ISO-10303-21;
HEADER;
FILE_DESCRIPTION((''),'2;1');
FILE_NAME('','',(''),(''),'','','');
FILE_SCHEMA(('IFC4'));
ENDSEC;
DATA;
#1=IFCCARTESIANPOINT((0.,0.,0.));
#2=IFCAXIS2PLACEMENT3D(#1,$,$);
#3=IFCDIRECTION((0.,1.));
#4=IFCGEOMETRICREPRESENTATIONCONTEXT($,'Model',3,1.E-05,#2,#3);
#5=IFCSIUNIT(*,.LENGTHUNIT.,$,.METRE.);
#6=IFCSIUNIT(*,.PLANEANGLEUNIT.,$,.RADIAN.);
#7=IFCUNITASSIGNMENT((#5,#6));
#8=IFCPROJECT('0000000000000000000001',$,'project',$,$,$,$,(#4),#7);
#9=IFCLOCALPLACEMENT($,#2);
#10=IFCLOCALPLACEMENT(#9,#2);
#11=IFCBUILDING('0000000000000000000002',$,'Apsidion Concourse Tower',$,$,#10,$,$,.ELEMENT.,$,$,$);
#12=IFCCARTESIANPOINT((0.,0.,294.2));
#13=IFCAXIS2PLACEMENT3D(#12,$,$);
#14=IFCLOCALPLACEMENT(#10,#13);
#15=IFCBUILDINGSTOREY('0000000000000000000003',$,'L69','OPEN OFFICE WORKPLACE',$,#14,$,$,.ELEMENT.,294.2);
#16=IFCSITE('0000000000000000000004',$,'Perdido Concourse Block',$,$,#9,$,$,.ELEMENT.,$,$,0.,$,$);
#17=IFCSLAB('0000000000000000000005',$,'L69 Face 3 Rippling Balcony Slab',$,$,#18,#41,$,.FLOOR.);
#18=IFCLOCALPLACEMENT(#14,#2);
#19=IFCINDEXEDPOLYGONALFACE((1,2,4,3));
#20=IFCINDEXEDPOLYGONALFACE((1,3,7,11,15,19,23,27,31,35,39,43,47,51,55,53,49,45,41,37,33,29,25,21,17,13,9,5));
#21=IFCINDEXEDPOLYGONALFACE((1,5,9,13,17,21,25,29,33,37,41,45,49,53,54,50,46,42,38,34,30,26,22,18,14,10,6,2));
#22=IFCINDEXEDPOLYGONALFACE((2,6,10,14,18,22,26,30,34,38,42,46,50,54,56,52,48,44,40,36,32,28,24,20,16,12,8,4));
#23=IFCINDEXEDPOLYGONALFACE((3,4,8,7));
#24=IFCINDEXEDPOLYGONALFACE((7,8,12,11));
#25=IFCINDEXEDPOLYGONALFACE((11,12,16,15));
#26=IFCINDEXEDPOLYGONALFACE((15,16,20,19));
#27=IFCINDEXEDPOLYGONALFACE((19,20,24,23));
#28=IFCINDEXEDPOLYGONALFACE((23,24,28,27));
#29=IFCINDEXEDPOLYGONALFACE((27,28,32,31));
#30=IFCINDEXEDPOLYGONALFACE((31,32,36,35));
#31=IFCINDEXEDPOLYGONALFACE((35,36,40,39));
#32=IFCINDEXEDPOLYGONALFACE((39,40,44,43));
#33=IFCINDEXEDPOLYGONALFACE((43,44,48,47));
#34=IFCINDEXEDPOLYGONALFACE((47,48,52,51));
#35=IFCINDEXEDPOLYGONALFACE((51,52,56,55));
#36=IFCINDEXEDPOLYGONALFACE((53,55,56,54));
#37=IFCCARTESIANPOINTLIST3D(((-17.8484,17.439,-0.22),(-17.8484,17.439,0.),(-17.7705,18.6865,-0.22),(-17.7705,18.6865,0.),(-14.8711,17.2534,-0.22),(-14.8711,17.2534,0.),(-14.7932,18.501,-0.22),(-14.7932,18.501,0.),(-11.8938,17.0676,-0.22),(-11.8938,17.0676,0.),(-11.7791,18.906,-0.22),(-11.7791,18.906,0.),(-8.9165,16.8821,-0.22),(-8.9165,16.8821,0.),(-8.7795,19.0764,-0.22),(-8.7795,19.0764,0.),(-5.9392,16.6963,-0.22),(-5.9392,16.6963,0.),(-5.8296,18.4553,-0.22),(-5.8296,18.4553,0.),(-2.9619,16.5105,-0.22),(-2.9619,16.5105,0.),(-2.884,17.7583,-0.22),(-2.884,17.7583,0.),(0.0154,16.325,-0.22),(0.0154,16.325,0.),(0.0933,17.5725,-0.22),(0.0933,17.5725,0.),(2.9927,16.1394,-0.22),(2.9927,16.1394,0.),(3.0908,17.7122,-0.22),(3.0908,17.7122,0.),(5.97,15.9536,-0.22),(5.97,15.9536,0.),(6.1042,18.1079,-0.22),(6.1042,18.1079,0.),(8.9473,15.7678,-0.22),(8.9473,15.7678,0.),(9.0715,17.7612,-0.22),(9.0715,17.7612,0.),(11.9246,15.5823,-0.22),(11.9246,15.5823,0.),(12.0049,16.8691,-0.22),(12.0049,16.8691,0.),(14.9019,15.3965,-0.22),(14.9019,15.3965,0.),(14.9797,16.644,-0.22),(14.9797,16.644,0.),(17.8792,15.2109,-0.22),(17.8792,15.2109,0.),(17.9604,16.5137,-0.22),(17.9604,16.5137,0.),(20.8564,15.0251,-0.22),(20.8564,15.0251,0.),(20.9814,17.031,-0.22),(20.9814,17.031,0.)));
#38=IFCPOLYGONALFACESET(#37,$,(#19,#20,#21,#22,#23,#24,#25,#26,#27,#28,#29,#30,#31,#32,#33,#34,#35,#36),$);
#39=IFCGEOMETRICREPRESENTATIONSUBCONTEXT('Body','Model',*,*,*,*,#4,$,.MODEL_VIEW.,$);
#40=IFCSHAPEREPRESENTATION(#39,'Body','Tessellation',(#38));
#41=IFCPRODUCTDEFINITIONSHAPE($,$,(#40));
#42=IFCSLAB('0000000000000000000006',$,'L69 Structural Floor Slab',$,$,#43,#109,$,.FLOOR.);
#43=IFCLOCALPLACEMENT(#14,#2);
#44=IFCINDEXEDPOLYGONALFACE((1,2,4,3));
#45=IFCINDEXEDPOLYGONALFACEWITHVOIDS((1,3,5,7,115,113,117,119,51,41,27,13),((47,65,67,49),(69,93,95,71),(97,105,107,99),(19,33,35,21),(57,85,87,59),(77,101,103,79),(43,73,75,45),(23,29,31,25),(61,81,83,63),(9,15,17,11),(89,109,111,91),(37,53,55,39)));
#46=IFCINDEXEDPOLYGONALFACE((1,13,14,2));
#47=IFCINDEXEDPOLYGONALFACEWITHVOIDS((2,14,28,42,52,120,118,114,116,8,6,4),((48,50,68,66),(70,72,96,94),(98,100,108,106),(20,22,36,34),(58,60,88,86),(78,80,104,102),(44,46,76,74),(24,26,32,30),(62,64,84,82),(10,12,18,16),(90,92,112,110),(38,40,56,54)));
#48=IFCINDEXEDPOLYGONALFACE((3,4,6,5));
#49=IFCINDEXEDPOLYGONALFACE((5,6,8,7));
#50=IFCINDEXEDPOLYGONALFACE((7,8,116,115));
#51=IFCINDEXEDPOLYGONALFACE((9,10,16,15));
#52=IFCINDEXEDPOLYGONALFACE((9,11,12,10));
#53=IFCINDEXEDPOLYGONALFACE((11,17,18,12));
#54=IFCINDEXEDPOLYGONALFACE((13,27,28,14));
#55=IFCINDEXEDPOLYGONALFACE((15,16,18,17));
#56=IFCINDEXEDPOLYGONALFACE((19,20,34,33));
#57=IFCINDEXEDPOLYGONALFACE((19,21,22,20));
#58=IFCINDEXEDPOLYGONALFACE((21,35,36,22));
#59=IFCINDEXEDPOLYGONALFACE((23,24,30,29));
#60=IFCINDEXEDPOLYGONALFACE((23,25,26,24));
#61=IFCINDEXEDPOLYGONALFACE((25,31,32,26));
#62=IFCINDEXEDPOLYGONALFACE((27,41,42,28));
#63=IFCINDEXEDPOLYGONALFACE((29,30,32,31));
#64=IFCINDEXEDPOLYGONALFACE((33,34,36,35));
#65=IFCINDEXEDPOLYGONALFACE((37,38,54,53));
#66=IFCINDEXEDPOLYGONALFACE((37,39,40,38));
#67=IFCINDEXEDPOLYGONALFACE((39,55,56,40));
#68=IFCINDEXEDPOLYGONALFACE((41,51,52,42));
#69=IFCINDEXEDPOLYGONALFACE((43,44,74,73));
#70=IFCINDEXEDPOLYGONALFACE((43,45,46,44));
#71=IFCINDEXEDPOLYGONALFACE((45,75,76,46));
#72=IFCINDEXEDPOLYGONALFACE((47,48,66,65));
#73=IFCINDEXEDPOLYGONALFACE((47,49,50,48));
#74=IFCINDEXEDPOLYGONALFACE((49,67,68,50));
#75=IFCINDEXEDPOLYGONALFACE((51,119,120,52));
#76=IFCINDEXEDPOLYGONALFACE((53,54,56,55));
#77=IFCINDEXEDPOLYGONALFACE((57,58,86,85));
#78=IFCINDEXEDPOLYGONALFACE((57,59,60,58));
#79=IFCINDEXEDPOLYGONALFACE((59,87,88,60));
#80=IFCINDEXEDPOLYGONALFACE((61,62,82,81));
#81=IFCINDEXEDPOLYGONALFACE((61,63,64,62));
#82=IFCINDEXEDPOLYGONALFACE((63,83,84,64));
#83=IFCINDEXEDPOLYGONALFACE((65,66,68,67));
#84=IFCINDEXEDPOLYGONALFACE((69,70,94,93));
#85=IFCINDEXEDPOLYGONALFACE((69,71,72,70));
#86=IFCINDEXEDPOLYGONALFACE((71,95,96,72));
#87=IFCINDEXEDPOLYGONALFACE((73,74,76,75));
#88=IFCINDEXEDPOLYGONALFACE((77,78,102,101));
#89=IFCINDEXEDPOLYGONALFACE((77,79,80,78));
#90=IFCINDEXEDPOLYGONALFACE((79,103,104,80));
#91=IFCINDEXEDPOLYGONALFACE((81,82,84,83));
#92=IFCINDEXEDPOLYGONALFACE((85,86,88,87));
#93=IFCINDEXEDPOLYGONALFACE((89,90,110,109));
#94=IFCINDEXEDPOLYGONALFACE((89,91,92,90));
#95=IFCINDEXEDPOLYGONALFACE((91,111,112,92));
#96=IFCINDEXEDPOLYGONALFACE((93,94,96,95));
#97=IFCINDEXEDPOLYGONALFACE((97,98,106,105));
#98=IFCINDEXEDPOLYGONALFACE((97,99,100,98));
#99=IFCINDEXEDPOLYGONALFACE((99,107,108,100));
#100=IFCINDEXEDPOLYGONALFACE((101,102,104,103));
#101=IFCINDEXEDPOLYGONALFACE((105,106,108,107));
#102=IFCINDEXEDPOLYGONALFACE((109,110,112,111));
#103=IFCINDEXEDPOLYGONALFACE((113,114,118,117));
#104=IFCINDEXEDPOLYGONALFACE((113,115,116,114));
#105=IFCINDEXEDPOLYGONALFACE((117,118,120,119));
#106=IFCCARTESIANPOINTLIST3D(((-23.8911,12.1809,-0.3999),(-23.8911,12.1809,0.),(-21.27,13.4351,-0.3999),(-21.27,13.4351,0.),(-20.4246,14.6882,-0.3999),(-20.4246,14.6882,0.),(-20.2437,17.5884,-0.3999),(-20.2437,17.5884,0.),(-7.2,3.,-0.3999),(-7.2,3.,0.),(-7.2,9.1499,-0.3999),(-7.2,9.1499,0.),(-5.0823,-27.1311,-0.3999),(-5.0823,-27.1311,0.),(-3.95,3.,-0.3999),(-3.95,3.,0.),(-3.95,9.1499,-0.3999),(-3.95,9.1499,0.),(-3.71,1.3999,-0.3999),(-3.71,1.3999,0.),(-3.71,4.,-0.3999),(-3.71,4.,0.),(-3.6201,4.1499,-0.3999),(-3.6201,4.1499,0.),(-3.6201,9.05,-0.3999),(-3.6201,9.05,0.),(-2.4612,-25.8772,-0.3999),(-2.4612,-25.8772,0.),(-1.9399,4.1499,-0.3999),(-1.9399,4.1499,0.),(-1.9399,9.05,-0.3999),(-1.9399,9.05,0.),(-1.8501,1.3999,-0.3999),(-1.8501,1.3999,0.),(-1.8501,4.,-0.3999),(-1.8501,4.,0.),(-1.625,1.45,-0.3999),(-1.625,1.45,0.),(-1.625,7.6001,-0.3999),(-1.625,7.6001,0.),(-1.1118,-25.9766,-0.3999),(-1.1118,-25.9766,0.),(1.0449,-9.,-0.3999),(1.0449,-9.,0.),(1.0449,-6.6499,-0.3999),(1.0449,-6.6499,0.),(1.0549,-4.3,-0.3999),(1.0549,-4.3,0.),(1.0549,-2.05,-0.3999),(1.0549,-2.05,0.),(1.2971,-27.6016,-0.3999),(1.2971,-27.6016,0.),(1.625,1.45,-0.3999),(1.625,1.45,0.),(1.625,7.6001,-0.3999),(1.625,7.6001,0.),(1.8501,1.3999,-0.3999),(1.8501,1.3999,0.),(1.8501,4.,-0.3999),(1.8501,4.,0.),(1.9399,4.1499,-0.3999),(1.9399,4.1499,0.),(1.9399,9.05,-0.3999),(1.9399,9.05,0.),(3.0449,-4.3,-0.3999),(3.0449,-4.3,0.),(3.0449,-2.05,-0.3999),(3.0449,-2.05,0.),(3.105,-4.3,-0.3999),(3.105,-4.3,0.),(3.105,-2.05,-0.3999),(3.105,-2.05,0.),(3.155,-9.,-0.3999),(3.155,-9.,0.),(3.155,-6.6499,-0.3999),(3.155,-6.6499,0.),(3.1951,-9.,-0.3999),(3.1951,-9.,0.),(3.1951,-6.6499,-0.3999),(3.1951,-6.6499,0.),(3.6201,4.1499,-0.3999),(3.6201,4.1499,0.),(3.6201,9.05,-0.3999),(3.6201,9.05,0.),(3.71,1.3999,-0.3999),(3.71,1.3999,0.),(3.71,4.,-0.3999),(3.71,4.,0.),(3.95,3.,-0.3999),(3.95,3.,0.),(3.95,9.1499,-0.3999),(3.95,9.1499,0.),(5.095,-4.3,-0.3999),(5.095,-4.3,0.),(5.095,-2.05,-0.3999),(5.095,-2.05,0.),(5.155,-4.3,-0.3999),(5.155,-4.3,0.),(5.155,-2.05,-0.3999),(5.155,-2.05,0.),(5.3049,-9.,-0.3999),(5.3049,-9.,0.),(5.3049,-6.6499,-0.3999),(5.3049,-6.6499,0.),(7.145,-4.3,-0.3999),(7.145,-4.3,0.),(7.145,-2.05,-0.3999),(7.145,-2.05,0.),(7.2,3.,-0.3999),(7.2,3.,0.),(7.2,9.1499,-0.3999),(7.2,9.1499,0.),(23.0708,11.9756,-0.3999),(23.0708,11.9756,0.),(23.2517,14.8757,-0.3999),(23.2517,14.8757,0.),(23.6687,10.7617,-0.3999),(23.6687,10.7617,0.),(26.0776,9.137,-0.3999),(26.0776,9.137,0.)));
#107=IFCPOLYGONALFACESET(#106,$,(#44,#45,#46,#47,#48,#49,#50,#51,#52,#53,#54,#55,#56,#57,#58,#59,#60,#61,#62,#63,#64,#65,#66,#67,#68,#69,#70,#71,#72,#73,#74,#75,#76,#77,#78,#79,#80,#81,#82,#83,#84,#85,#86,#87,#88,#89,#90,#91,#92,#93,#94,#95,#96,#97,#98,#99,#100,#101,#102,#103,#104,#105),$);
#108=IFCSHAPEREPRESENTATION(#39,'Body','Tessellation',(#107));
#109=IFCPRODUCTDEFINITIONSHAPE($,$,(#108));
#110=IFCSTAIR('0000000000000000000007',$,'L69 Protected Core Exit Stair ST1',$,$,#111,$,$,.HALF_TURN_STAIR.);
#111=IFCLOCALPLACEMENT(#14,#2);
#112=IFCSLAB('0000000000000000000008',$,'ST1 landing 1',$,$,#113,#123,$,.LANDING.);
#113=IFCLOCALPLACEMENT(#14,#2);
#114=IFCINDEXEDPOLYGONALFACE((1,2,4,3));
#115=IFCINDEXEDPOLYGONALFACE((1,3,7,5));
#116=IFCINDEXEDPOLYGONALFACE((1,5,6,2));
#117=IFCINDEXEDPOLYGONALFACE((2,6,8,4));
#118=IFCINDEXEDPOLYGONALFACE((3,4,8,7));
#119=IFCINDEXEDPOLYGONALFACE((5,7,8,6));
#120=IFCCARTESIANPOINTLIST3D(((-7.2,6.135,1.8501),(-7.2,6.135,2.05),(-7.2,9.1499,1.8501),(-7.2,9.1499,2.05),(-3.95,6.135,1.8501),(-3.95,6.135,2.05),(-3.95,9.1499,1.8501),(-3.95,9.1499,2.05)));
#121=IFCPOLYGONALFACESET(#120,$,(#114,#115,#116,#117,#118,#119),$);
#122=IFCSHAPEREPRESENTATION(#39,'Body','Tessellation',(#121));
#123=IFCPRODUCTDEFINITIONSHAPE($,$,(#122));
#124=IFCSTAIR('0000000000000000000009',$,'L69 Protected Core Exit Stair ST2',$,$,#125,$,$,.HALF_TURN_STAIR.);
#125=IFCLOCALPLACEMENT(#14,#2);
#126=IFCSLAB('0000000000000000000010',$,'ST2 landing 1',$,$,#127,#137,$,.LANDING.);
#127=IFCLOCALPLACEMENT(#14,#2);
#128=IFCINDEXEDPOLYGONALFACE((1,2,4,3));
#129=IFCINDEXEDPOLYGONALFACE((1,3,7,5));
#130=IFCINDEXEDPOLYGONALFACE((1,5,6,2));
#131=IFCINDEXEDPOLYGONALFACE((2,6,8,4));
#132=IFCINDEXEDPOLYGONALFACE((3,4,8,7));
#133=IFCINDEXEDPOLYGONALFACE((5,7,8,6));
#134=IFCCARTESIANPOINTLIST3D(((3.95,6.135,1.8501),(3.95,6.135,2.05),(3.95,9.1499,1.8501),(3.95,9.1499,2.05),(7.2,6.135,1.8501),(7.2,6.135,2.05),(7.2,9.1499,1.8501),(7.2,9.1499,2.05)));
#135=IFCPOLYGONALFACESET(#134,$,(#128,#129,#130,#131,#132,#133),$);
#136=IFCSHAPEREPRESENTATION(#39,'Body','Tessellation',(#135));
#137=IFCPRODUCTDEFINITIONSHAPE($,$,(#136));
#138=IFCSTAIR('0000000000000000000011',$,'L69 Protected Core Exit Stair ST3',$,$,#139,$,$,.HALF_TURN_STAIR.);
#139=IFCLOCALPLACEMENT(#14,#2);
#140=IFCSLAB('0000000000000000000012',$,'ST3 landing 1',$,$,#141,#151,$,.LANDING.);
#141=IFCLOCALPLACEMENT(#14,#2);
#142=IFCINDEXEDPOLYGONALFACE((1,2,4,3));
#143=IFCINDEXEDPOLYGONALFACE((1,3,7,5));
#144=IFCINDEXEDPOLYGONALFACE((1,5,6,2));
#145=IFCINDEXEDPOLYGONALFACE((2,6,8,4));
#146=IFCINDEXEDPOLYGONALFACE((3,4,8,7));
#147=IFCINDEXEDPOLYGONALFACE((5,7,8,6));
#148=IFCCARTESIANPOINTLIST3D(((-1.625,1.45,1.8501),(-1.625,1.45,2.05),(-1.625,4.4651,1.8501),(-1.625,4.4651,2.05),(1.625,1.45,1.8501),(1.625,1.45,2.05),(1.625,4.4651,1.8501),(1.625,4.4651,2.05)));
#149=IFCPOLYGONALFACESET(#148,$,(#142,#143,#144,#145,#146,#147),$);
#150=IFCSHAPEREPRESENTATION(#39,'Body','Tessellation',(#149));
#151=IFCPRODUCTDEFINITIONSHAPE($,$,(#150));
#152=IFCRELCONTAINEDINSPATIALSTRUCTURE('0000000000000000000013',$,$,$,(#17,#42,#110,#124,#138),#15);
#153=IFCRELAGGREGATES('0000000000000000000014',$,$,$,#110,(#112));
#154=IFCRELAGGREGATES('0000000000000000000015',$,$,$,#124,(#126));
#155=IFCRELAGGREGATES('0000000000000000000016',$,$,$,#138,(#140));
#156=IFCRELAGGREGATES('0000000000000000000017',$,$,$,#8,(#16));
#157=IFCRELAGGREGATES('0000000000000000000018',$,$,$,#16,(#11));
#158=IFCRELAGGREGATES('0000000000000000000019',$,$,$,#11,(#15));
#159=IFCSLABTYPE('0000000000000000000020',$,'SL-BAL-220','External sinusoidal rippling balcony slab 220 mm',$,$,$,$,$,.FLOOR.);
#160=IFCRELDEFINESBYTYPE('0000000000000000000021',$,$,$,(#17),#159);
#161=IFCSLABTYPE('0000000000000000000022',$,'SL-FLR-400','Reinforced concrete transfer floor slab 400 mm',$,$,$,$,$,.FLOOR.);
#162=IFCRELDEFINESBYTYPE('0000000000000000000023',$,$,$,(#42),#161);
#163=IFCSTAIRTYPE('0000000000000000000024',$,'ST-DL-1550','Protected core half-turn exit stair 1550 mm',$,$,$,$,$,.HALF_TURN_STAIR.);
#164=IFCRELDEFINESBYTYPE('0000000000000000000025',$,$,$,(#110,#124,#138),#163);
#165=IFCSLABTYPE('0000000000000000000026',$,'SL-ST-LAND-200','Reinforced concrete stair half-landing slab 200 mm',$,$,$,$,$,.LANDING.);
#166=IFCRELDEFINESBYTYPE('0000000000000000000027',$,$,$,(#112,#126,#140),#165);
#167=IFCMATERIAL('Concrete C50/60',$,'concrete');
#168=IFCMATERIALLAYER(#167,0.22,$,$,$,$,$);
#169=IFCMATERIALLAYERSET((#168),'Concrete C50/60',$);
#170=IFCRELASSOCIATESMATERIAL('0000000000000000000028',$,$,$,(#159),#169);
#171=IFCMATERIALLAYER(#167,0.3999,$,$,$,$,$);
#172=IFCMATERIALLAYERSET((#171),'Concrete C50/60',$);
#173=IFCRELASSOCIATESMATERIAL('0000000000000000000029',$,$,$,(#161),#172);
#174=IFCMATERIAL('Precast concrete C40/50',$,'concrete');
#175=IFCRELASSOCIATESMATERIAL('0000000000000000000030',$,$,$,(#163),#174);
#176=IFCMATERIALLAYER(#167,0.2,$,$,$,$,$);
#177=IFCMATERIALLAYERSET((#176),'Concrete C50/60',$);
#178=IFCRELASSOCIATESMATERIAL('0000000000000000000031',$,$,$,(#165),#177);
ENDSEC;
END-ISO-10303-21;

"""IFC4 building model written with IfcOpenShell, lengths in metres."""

from ifc_helpers import new_model, si_unit, direction, frame, origin, place, context, subcontext, project, spatial, polyline, outline, extrude, material, layer, layer_set, type_object, element, aggregate, save


model = new_model("IFC4")

# Units and contexts
model_context = context("Model", 3, precision=1e-05, world=origin(), true_north=direction((0.0, 1.0)))
body_context = subcontext(model_context, "Body", "Model", "MODEL_VIEW")
ifc_project = project(units=[si_unit("LENGTHUNIT", "METRE"), si_unit("PLANEANGLEUNIT", "RADIAN")], contexts=[model_context])

# Site, building, storey
site_placement = place(None, origin())
site = spatial("IfcSite", under=ifc_project, at=site_placement, Name="Perdido Concourse Block", CompositionType="ELEMENT", RefElevation=0.0)
building_placement = place(site_placement, origin())
building = spatial("IfcBuilding", under=site, at=building_placement, Name="Apsidion Concourse Tower", CompositionType="ELEMENT")
storey_placement = place(building_placement, frame((0.0, 0.0, 294.2)))
storey = spatial("IfcBuildingStorey", under=building, at=storey_placement, Name="L69", Description="OPEN OFFICE WORKPLACE", CompositionType="ELEMENT", Elevation=294.2)

# Shared definitions
ifc_material_1 = material(Name="Concrete C50/60", Category="concrete")

# Slabs
ifc_layer_1 = layer(ifc_material_1, 0.22)
ifc_layer_set_1 = layer_set([ifc_layer_1], Name="Concrete C50/60")
slab_type_1 = type_object("IfcSlabType", Name="SL-BAL-220", Description="External sinusoidal rippling balcony slab 220 mm", PredefinedType="FLOOR", material=ifc_layer_set_1)
slab_1_placement = place(storey_placement, frame((0.0, 0.0, -0.22)))
element("IfcSlab", 1, at=slab_1_placement, inside=storey, type_object=slab_type_1, Name="L69 Face 3 Rippling Balcony Slab", PredefinedType="FLOOR", context=body_context, shape_type="SweptSolid", body=[
    extrude(outline(polyline([(20.8564, 15.0251), (17.8792, 15.2109), (14.9019, 15.3965), (11.9246, 15.5823), (8.9473, 15.7678), (5.97, 15.9536), (2.9927, 16.1394), (0.0154, 16.325), (-2.9619, 16.5105), (-5.9392, 16.6963), (-8.9165, 16.8821), (-11.8938, 17.0676), (-14.8711, 17.2534), (-17.8484, 17.439), (-17.7705, 18.6865), (-14.7932, 18.501), (-11.7791, 18.906), (-8.7795, 19.0764), (-5.8296, 18.4553), (-2.884, 17.7583), (0.0933, 17.5725), (3.0908, 17.7122), (6.1042, 18.1079), (9.0715, 17.7612), (12.0049, 16.8691), (14.9797, 16.644), (17.9604, 16.5137), (20.9814, 17.031), (20.8564, 15.0251)])), origin(), (0.0, 0.0, 1.0), 0.22),
])
ifc_layer_2 = layer(ifc_material_1, 0.3999)
ifc_layer_set_2 = layer_set([ifc_layer_2], Name="Concrete C50/60")
slab_type_2 = type_object("IfcSlabType", Name="SL-FLR-400", Description="Reinforced concrete transfer floor slab 400 mm", PredefinedType="FLOOR", material=ifc_layer_set_2)
slab_2_placement = place(storey_placement, frame((0.0, 0.0, -0.3999)))
element("IfcSlab", 2, at=slab_2_placement, inside=storey, type_object=slab_type_2, Name="L69 Structural Floor Slab", PredefinedType="FLOOR", context=body_context, shape_type="SweptSolid", body=[
    extrude(outline(polyline([(-20.2437, 17.5884), (-20.4246, 14.6882), (-21.27, 13.4351), (-23.8911, 12.1809), (-5.0823, -27.1311), (-2.4612, -25.8772), (-1.1118, -25.9766), (1.2971, -27.6016), (26.0776, 9.137), (23.6687, 10.7617), (23.0708, 11.9756), (23.2517, 14.8757), (-20.2437, 17.5884)]), holes=[polyline([(-3.95, 3.0), (-3.95, 9.1499), (-7.2, 9.1499), (-7.2, 3.0), (-3.95, 3.0)]), polyline([(7.2, 3.0), (7.2, 9.1499), (3.95, 9.1499), (3.95, 3.0), (7.2, 3.0)]), polyline([(-1.625, 7.6001), (-1.625, 1.45), (1.625, 1.45), (1.625, 7.6001), (-1.625, 7.6001)]), polyline([(1.0549, -4.3), (3.0449, -4.3), (3.0449, -2.05), (1.0549, -2.05), (1.0549, -4.3)]), polyline([(3.105, -4.3), (5.095, -4.3), (5.095, -2.05), (3.105, -2.05), (3.105, -4.3)]), polyline([(5.155, -4.3), (7.145, -4.3), (7.145, -2.05), (5.155, -2.05), (5.155, -4.3)]), polyline([(1.0449, -9.0), (3.155, -9.0), (3.155, -6.6499), (1.0449, -6.6499), (1.0449, -9.0)]), polyline([(3.1951, -9.0), (5.3049, -9.0), (5.3049, -6.6499), (3.1951, -6.6499), (3.1951, -9.0)]), polyline([(-3.71, 1.3999), (-1.8501, 1.3999), (-1.8501, 4.0), (-3.71, 4.0), (-3.71, 1.3999)]), polyline([(1.8501, 1.3999), (3.71, 1.3999), (3.71, 4.0), (1.8501, 4.0), (1.8501, 1.3999)]), polyline([(-3.6201, 4.1499), (-1.9399, 4.1499), (-1.9399, 9.05), (-3.6201, 9.05), (-3.6201, 4.1499)]), polyline([(1.9399, 4.1499), (3.6201, 4.1499), (3.6201, 9.05), (1.9399, 9.05), (1.9399, 4.1499)])]), origin(), (0.0, 0.0, 1.0), 0.3999),
])

# Stairs, slabs
ifc_material_2 = material(Name="Precast concrete C40/50", Category="concrete")
stair_type = type_object("IfcStairType", Name="ST-DL-1550", Description="Protected core half-turn exit stair 1550 mm", PredefinedType="HALF_TURN_STAIR", material=ifc_material_2)
stair_1_placement = place(storey_placement, origin())
stair_1 = element("IfcStair", 3, at=stair_1_placement, inside=storey, type_object=stair_type, Name="L69 Protected Core Exit Stair ST1", PredefinedType="HALF_TURN_STAIR")
ifc_layer_3 = layer(ifc_material_1, 0.2)
ifc_layer_set_3 = layer_set([ifc_layer_3], Name="Concrete C50/60")
slab_type_3 = type_object("IfcSlabType", Name="SL-ST-LAND-200", Description="Reinforced concrete stair half-landing slab 200 mm", PredefinedType="LANDING", material=ifc_layer_set_3)
slab_3_placement = place(storey_placement, frame((0.0, 0.0, 1.8501)))
slab_3 = element("IfcSlab", 4, at=slab_3_placement, type_object=slab_type_3, Name="ST1 landing 1", PredefinedType="LANDING", context=body_context, shape_type="SweptSolid", body=[
    extrude(outline(polyline([(-3.95, 6.135), (-3.95, 9.1499), (-7.2, 9.1499), (-7.2, 6.135), (-3.95, 6.135)])), origin(), (0.0, 0.0, 1.0), 0.2),
])
aggregate(stair_1, [slab_3])
stair_2_placement = place(storey_placement, origin())
stair_2 = element("IfcStair", 5, at=stair_2_placement, inside=storey, type_object=stair_type, Name="L69 Protected Core Exit Stair ST2", PredefinedType="HALF_TURN_STAIR")
slab_4_placement = place(storey_placement, frame((0.0, 0.0, 1.8501)))
slab_4 = element("IfcSlab", 6, at=slab_4_placement, type_object=slab_type_3, Name="ST2 landing 1", PredefinedType="LANDING", context=body_context, shape_type="SweptSolid", body=[
    extrude(outline(polyline([(7.2, 6.135), (7.2, 9.1499), (3.95, 9.1499), (3.95, 6.135), (7.2, 6.135)])), origin(), (0.0, 0.0, 1.0), 0.2),
])
aggregate(stair_2, [slab_4])
stair_3_placement = place(storey_placement, origin())
stair_3 = element("IfcStair", 7, at=stair_3_placement, inside=storey, type_object=stair_type, Name="L69 Protected Core Exit Stair ST3", PredefinedType="HALF_TURN_STAIR")
slab_5_placement = place(storey_placement, frame((0.0, 0.0, 1.8501)))
slab_5 = element("IfcSlab", 8, at=slab_5_placement, type_object=slab_type_3, Name="ST3 landing 1", PredefinedType="LANDING", context=body_context, shape_type="SweptSolid", body=[
    extrude(outline(polyline([(-1.625, 4.4651), (-1.625, 1.45), (1.625, 1.45), (1.625, 4.4651), (-1.625, 4.4651)])), origin(), (0.0, 0.0, 1.0), 0.2),
])
aggregate(stair_3, [slab_5])

save(model, "model.ifc")
